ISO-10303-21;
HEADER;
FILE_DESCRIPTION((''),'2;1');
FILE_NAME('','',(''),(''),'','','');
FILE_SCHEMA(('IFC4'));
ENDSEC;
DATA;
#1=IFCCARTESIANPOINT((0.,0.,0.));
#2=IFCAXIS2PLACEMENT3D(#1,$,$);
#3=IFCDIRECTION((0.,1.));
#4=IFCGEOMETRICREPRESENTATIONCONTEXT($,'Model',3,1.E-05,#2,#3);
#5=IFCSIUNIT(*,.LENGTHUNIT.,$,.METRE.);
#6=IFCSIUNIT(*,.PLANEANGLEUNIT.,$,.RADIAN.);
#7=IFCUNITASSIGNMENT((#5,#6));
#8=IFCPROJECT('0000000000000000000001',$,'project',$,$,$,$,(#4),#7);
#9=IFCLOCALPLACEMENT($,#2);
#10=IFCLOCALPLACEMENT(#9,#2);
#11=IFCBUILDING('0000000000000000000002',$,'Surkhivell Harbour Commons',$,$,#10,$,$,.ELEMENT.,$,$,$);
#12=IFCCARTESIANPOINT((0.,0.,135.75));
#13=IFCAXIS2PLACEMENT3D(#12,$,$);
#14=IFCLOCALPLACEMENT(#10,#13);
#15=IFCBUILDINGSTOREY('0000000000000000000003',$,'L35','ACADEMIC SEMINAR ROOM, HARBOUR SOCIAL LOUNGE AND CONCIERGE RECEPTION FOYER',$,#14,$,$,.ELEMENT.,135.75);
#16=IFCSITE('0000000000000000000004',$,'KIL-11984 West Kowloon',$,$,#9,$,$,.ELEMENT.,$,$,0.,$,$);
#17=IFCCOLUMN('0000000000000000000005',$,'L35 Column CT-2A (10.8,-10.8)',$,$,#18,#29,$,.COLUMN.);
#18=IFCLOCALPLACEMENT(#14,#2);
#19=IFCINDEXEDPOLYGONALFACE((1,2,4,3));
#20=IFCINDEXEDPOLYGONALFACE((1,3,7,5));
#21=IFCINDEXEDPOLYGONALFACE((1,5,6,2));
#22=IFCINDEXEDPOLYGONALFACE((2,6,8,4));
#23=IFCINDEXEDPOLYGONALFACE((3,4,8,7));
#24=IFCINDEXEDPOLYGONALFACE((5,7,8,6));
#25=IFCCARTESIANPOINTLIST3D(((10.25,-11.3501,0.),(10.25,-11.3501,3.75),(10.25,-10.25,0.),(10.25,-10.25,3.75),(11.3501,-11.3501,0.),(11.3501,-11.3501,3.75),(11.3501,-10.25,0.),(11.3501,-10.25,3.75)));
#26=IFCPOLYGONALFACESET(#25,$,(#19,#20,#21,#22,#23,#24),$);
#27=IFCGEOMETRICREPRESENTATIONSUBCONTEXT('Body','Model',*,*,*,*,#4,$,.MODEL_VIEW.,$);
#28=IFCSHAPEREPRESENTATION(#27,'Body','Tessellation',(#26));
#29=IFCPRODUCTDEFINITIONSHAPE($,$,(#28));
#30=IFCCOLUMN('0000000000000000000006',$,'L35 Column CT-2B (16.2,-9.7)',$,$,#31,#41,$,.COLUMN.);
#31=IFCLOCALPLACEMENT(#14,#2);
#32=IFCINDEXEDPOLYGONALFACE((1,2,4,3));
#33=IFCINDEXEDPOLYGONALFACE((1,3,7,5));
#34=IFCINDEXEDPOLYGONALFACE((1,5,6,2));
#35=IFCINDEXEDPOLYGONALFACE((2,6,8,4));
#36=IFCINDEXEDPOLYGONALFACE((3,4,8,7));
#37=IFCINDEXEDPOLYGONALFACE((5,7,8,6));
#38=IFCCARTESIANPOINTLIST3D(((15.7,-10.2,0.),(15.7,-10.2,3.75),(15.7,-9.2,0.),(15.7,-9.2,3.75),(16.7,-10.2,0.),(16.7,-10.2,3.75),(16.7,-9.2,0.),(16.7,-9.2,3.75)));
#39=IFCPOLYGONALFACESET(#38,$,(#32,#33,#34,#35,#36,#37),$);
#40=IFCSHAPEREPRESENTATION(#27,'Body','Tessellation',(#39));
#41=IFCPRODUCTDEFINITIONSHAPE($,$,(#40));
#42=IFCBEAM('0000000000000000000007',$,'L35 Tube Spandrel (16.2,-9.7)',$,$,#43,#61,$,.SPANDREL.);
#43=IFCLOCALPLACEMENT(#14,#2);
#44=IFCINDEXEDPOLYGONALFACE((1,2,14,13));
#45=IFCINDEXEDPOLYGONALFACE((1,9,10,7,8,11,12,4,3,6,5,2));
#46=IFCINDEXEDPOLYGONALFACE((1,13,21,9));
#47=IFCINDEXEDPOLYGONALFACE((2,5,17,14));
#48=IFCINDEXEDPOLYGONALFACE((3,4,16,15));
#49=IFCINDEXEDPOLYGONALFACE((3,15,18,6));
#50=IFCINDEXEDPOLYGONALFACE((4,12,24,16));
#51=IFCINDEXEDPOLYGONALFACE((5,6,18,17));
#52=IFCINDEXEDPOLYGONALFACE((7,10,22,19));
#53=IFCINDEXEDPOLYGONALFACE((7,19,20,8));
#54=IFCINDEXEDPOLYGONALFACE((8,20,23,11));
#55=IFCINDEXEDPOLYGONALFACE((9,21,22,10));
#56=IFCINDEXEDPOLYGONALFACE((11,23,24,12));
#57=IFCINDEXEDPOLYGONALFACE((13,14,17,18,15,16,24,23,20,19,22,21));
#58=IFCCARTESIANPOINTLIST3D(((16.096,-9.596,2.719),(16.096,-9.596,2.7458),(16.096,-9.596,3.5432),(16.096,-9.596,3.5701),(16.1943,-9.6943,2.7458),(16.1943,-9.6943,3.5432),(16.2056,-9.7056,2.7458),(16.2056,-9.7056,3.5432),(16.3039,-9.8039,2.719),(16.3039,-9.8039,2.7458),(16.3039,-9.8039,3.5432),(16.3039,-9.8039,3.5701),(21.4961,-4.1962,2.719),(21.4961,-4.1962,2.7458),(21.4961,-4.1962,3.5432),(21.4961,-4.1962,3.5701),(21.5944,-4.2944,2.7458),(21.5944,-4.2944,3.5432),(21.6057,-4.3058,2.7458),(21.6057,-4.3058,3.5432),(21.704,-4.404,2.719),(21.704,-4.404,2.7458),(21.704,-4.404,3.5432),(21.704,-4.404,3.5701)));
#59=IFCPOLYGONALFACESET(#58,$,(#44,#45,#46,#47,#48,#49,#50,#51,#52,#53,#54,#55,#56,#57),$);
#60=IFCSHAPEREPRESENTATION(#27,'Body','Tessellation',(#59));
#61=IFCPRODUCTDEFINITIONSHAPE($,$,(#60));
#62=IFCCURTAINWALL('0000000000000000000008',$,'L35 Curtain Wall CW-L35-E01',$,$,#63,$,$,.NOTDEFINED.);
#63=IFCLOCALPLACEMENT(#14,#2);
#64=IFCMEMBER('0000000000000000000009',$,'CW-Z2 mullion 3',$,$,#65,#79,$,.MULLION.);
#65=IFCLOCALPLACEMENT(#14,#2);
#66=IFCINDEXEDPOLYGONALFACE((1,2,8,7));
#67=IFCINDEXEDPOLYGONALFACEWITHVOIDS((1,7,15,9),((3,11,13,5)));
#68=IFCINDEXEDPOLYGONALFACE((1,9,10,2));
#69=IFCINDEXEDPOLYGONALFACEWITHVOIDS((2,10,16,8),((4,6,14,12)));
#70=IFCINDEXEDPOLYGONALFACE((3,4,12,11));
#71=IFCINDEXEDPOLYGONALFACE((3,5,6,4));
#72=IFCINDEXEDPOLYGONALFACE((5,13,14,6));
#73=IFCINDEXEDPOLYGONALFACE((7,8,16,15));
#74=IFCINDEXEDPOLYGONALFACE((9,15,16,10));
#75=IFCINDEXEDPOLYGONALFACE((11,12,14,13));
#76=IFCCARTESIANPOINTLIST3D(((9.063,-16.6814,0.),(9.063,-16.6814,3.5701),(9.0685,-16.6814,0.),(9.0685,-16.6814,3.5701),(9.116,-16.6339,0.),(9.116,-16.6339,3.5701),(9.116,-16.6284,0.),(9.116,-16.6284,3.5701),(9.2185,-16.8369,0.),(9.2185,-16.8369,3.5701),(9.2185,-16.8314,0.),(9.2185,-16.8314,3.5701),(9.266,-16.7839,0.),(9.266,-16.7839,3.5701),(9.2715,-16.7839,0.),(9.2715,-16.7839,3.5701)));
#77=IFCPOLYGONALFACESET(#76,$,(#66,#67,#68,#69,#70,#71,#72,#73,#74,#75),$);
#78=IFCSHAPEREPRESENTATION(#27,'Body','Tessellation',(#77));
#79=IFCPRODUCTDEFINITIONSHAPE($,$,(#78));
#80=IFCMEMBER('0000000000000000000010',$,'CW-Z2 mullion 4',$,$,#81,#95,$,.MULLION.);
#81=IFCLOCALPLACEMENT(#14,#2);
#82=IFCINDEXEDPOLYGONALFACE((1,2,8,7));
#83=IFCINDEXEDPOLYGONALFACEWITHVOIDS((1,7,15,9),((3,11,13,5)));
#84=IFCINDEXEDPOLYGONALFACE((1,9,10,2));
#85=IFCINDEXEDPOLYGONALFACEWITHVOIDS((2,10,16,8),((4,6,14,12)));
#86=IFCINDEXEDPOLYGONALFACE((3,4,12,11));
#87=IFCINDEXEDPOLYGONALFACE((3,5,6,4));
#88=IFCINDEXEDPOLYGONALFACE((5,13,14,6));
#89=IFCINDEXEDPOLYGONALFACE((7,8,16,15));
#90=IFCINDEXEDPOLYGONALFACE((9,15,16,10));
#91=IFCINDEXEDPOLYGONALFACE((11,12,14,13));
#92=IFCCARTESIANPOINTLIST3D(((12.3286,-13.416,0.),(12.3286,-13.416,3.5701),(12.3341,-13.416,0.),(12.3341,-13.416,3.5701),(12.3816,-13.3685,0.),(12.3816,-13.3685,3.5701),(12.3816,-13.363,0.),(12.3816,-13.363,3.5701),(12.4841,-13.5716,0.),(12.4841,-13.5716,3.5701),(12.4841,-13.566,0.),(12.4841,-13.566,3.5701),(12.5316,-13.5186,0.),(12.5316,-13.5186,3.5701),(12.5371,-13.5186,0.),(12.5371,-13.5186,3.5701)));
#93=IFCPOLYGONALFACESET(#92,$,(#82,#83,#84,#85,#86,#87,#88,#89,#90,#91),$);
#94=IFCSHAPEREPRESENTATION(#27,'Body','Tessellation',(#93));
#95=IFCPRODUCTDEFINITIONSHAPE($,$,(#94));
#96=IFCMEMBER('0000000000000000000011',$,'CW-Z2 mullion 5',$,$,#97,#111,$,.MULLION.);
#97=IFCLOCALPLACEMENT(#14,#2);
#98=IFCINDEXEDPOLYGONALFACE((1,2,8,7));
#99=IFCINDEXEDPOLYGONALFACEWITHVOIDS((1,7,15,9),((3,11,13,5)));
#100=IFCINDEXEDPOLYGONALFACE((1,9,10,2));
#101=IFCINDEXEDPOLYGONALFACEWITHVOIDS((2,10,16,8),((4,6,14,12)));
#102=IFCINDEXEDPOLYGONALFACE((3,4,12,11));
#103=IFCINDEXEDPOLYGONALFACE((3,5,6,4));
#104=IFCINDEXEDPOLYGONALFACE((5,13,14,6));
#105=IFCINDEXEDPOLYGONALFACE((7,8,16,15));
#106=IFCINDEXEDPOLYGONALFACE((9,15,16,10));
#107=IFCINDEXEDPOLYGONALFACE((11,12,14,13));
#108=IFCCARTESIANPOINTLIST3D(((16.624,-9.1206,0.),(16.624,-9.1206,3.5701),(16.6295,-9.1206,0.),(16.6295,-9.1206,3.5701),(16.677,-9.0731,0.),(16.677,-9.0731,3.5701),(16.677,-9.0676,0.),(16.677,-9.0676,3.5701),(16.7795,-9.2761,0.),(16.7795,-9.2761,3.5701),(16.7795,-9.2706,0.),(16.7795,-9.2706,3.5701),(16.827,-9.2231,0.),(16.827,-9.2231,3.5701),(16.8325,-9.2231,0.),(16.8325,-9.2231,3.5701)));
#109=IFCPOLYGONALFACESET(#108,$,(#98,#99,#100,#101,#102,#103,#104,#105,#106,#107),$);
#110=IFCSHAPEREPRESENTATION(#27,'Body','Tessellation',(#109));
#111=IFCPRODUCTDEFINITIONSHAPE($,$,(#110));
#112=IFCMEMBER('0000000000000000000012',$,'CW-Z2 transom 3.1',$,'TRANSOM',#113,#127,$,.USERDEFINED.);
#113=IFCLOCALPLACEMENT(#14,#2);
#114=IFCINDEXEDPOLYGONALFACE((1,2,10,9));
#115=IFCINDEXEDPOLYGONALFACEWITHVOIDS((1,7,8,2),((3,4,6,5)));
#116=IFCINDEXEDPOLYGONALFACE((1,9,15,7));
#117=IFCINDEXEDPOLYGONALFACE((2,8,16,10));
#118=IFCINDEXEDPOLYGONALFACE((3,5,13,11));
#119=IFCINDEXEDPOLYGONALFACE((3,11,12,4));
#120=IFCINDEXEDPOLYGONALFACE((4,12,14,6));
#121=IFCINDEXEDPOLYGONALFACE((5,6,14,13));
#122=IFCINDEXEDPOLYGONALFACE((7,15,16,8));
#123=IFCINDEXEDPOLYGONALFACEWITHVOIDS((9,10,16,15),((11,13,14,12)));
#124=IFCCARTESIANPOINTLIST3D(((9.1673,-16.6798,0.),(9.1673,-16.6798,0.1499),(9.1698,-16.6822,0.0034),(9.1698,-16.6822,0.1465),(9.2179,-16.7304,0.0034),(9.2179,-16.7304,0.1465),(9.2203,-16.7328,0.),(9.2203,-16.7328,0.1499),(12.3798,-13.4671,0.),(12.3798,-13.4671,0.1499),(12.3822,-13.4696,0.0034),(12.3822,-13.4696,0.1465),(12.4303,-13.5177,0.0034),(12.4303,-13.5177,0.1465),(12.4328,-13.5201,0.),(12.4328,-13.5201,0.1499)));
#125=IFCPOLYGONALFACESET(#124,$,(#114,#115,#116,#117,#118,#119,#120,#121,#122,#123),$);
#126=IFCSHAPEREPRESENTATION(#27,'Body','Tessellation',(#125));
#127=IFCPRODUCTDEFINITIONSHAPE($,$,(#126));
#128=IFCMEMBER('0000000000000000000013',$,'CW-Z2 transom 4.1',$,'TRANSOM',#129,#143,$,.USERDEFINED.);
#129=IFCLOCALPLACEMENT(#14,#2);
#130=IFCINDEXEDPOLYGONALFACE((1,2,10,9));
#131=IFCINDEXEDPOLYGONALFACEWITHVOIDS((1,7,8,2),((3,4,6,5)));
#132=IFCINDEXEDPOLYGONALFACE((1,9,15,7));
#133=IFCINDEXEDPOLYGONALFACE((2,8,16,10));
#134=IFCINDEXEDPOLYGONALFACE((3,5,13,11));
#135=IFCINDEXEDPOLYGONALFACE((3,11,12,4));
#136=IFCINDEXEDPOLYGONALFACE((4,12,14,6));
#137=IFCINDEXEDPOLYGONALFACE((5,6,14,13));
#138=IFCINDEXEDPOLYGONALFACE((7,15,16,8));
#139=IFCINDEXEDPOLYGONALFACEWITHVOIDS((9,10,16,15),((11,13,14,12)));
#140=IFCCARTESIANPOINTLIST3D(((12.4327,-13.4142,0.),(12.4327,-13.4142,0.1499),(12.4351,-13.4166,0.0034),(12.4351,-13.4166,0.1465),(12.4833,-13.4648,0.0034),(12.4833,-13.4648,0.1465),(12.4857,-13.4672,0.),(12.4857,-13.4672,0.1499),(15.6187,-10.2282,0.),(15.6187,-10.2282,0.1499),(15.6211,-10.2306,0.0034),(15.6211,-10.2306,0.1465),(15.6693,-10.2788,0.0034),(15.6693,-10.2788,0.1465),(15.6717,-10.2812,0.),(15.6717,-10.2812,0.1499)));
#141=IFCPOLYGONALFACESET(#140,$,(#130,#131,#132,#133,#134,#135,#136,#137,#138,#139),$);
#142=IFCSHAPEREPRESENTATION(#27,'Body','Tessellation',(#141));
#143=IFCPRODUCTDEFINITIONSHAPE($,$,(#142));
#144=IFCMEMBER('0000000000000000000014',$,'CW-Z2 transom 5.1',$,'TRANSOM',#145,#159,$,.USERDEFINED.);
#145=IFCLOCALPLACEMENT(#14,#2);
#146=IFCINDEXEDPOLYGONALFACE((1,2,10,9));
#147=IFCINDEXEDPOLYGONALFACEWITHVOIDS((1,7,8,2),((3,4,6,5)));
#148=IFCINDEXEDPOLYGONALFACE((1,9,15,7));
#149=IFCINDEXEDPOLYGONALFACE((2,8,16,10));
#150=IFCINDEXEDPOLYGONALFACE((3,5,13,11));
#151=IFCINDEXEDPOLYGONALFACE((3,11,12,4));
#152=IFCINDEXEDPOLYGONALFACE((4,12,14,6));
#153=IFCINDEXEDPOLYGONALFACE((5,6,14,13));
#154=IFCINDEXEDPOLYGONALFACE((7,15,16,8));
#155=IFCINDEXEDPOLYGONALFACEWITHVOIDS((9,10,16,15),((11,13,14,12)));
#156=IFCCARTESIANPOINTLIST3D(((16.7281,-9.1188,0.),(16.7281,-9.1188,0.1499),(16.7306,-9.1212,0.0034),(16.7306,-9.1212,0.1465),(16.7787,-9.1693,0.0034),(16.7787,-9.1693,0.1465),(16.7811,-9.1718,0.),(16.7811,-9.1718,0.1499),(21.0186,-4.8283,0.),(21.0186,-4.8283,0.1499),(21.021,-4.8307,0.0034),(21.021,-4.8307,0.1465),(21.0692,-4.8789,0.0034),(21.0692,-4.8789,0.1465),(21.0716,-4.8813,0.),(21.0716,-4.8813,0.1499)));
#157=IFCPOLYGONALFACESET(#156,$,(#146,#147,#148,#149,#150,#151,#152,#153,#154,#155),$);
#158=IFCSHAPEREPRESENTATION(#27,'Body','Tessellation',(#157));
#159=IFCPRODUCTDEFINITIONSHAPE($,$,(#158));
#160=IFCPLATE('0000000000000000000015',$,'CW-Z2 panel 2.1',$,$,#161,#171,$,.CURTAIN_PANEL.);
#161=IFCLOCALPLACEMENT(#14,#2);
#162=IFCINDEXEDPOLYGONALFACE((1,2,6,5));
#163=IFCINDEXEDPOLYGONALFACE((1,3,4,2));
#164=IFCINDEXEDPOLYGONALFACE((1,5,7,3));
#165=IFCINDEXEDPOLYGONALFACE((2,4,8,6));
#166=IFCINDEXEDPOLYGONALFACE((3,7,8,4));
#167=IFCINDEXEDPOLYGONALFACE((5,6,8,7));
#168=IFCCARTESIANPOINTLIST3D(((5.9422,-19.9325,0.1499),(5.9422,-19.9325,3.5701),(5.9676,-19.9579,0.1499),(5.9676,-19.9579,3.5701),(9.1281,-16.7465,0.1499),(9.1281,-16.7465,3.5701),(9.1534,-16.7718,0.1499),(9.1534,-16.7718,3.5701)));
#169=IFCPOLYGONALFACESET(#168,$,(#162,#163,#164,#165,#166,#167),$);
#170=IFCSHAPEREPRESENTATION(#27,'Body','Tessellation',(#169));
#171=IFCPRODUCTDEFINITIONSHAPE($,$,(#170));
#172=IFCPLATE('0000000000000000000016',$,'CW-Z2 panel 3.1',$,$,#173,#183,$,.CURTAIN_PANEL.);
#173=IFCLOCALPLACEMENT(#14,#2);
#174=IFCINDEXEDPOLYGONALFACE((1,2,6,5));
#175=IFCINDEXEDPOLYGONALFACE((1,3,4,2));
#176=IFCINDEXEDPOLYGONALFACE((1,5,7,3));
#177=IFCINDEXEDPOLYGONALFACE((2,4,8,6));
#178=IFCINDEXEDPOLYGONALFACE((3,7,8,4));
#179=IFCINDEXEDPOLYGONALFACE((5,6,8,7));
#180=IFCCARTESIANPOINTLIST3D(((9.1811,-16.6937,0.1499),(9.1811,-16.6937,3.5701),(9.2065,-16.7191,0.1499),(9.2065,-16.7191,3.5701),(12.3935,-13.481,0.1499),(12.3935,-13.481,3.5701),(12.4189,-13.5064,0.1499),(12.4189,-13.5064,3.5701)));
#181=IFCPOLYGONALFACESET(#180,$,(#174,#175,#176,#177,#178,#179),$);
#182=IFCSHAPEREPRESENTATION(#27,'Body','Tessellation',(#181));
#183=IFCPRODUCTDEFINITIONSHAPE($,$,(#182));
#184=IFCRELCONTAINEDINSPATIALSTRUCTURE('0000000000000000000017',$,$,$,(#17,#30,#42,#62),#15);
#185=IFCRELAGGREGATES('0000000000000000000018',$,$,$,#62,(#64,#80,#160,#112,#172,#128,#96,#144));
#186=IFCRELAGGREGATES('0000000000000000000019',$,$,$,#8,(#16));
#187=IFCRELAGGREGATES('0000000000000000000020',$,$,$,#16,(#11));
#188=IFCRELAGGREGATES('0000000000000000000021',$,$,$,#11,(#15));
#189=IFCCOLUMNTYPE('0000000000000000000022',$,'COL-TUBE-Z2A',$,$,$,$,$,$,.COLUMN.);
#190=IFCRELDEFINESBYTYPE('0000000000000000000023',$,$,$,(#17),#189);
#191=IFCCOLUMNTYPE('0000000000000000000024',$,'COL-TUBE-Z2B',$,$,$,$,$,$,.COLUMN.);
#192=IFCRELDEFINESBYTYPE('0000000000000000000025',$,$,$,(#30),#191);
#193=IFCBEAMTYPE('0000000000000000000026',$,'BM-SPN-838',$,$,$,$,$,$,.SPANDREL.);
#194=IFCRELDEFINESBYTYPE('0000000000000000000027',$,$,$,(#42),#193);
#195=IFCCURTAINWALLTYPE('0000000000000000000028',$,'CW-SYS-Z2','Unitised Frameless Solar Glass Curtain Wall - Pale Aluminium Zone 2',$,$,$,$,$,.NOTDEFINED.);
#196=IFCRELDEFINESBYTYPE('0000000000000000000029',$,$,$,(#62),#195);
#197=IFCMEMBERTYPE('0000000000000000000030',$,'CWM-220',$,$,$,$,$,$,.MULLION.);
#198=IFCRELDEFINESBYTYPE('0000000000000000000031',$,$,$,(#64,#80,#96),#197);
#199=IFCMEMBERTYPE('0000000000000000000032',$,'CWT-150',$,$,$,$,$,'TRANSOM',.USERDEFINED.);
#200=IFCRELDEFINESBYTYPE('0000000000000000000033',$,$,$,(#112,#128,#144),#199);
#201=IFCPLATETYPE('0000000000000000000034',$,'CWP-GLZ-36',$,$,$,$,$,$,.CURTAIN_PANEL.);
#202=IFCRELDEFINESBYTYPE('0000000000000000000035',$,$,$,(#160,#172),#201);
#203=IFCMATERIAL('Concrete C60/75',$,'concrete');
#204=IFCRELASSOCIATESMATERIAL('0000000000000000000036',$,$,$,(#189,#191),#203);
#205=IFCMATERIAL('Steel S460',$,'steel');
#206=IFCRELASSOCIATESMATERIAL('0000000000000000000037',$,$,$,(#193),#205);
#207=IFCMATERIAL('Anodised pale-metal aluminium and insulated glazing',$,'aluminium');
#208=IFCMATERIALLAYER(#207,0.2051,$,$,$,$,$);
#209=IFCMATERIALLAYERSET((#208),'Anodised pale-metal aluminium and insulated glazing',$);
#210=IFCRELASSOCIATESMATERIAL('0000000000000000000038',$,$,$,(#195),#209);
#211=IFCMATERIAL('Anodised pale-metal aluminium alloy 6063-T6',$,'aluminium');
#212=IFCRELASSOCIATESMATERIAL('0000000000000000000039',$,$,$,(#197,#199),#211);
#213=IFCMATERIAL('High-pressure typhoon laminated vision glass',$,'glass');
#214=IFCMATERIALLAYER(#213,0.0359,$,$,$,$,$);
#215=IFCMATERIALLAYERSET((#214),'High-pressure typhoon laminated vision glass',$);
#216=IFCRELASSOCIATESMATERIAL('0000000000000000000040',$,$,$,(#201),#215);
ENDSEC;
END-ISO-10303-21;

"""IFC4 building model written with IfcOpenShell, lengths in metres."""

from ifc_helpers import new_model, si_unit, direction, frame, frame_2d, origin, origin_2d, place, context, subcontext, project, spatial, rectangle, hollow_rectangle, i_section, extrude, material, layer, layer_set, material_profile, profile_set, type_object, element, aggregate, save


model = new_model("IFC4")

# Units and contexts
model_context = context("Model", 3, precision=1e-05, world=origin(), true_north=direction((0.0, 1.0)))
body_context = subcontext(model_context, "Body", "Model", "MODEL_VIEW")
ifc_project = project(units=[si_unit("LENGTHUNIT", "METRE"), si_unit("PLANEANGLEUNIT", "RADIAN")], contexts=[model_context])

# Site, building, storey
site_placement = place(None, origin())
site = spatial("IfcSite", under=ifc_project, at=site_placement, Name="KIL-11984 West Kowloon", CompositionType="ELEMENT", RefElevation=0.0)
building_placement = place(site_placement, origin())
building = spatial("IfcBuilding", under=site, at=building_placement, Name="Surkhivell Harbour Commons", CompositionType="ELEMENT")
storey_placement = place(building_placement, frame((0.0, 0.0, 135.75)))
storey = spatial("IfcBuildingStorey", under=building, at=storey_placement, Name="L35", Description="ACADEMIC SEMINAR ROOM, HARBOUR SOCIAL LOUNGE AND CONCIERGE RECEPTION FOYER", CompositionType="ELEMENT", Elevation=135.75)

# Columns
ifc_material_1 = material(Name="Concrete C60/75", Category="concrete")
ifc_material_profile_1 = material_profile(ifc_material_1, rectangle(XDim=1.1001, YDim=1.1001, at=origin_2d()), Name="RC-COL-1100x1100")
ifc_profile_set_1 = profile_set([ifc_material_profile_1], Name="Concrete C60/75")
column_type_1 = type_object("IfcColumnType", Name="COL-TUBE-Z2A", PredefinedType="COLUMN", material=ifc_profile_set_1)
column_1_placement = place(storey_placement, frame((10.8, -10.8, 0.0), z_axis=(0.0, 0.0, 1.0), x_axis=(1.0, 0.0, 0.0)))
element("IfcColumn", 1, at=column_1_placement, inside=storey, type_object=column_type_1, Name="L35 Column CT-2A (10.8,-10.8)", PredefinedType="COLUMN", context=body_context, shape_type="SweptSolid", body=[
    extrude(rectangle(XDim=1.1001, YDim=1.1001, at=origin_2d()), origin(), (0.0, 0.0, 1.0), 3.75),
])
ifc_material_profile_2 = material_profile(ifc_material_1, rectangle(XDim=1.0, YDim=1.0, at=origin_2d()), Name="RC-COL-1000x1000")
ifc_profile_set_2 = profile_set([ifc_material_profile_2], Name="Concrete C60/75")
column_type_2 = type_object("IfcColumnType", Name="COL-TUBE-Z2B", PredefinedType="COLUMN", material=ifc_profile_set_2)
column_2_placement = place(storey_placement, frame((16.2, -9.7, 0.0), z_axis=(0.0, 0.0, 1.0), x_axis=(1.0, 0.0, 0.0)))
element("IfcColumn", 2, at=column_2_placement, inside=storey, type_object=column_type_2, Name="L35 Column CT-2B (16.2,-9.7)", PredefinedType="COLUMN", context=body_context, shape_type="SweptSolid", body=[
    extrude(rectangle(XDim=1.0, YDim=1.0, at=origin_2d()), origin(), (0.0, 0.0, 1.0), 3.75),
])

# Beam
ifc_material_2 = material(Name="Steel S460", Category="steel")
ifc_material_profile_3 = material_profile(ifc_material_2, i_section(OverallWidth=0.2939, OverallDepth=0.8511, WebThickness=0.0161, FlangeThickness=0.0269, at=origin_2d()), Name="UB838x292x226")
ifc_profile_set_3 = profile_set([ifc_material_profile_3], Name="Steel S460")
beam_type = type_object("IfcBeamType", Name="BM-SPN-838", PredefinedType="SPANDREL", material=ifc_profile_set_3)
beam_placement = place(storey_placement, frame((16.2, -9.7, 3.1445), z_axis=(0.707123, 0.707091, 0.0), x_axis=(-0.707091, 0.707123, 0.0)))
element("IfcBeam", 3, at=beam_placement, inside=storey, type_object=beam_type, Name="L35 Tube Spandrel (16.2,-9.7)", PredefinedType="SPANDREL", context=body_context, shape_type="SweptSolid", body=[
    extrude(i_section(OverallWidth=0.2939, OverallDepth=0.8511, WebThickness=0.0161, FlangeThickness=0.0269, at=origin_2d()), origin(), (0.0, 0.0, 1.0), 7.6367),
])

# Curtain wall, members, plates
ifc_material_3 = material(Name="Anodised pale-metal aluminium and insulated glazing", Category="aluminium")
ifc_layer_1 = layer(ifc_material_3, 0.2051)
ifc_layer_set_1 = layer_set([ifc_layer_1], Name="Anodised pale-metal aluminium and insulated glazing")
curtain_wall_type = type_object("IfcCurtainWallType", Name="CW-SYS-Z2", Description="Unitised Frameless Solar Glass Curtain Wall - Pale Aluminium Zone 2", PredefinedType="NOTDEFINED", material=ifc_layer_set_1)
curtain_wall_placement = place(storey_placement, origin())
curtain_wall = element("IfcCurtainWall", 4, at=curtain_wall_placement, inside=storey, type_object=curtain_wall_type, Name="L35 Curtain Wall CW-L35-E01", PredefinedType="NOTDEFINED")
ifc_material_4 = material(Name="Anodised pale-metal aluminium alloy 6063-T6", Category="aluminium")
ifc_material_profile_4 = material_profile(ifc_material_4, hollow_rectangle(XDim=0.075, YDim=0.22, WallThickness=0.0039, at=origin_2d()), Name="ALU-MULL-75x220")
ifc_profile_set_4 = profile_set([ifc_material_profile_4], Name="Anodised pale-metal aluminium alloy 6063-T6")
member_type_1 = type_object("IfcMemberType", Name="CWM-220", PredefinedType="MULLION", material=ifc_profile_set_4)
member_1_placement = place(storey_placement, frame((9.1672, -16.7327, 0.0), z_axis=(0.0, 0.0, 1.0), x_axis=(0.707107, 0.707107, 0.0)))
member_1 = element("IfcMember", 5, at=member_1_placement, type_object=member_type_1, Name="CW-Z2 mullion 3", PredefinedType="MULLION", context=body_context, shape_type="SweptSolid", body=[
    extrude(hollow_rectangle(XDim=0.075, YDim=0.22, WallThickness=0.0039, at=origin_2d()), origin(), (0.0, 0.0, 1.0), 3.5701),
])
member_2_placement = place(storey_placement, frame((12.4329, -13.4673, 0.0), z_axis=(0.0, 0.0, 1.0), x_axis=(0.707107, 0.707107, 0.0)))
member_2 = element("IfcMember", 6, at=member_2_placement, type_object=member_type_1, Name="CW-Z2 mullion 4", PredefinedType="MULLION", context=body_context, shape_type="SweptSolid", body=[
    extrude(hollow_rectangle(XDim=0.075, YDim=0.22, WallThickness=0.0039, at=origin_2d()), origin(), (0.0, 0.0, 1.0), 3.5701),
])
member_3_placement = place(storey_placement, frame((16.7283, -9.1719, 0.0), z_axis=(0.0, 0.0, 1.0), x_axis=(0.707107, 0.707107, 0.0)))
member_3 = element("IfcMember", 7, at=member_3_placement, type_object=member_type_1, Name="CW-Z2 mullion 5", PredefinedType="MULLION", context=body_context, shape_type="SweptSolid", body=[
    extrude(hollow_rectangle(XDim=0.075, YDim=0.22, WallThickness=0.0039, at=origin_2d()), origin(), (0.0, 0.0, 1.0), 3.5701),
])
ifc_material_profile_5 = material_profile(ifc_material_4, hollow_rectangle(XDim=0.075, YDim=0.1499, WallThickness=0.0034, at=origin_2d()), Name="ALU-TRAN-75x150")
ifc_profile_set_5 = profile_set([ifc_material_profile_5], Name="Anodised pale-metal aluminium alloy 6063-T6")
member_type_2 = type_object("IfcMemberType", Name="CWT-150", ElementType="TRANSOM", PredefinedType="USERDEFINED", material=ifc_profile_set_5)
member_4_placement = place(storey_placement, frame((9.1938, -16.7063, 0.075), z_axis=(0.70708, 0.707134, 0.0), x_axis=(-0.707134, 0.70708, 0.0)))
member_4 = element("IfcMember", 8, at=member_4_placement, type_object=member_type_2, Name="CW-Z2 transom 3.1", ObjectType="TRANSOM", PredefinedType="USERDEFINED", context=body_context, shape_type="SweptSolid", body=[
    extrude(hollow_rectangle(XDim=0.075, YDim=0.1499, WallThickness=0.0034, at=origin_2d()), origin(), (0.0, 0.0, 1.0), 4.5432),
])
member_5_placement = place(storey_placement, frame((12.4592, -13.4407, 0.075), z_axis=(0.707107, 0.707107, 0.0), x_axis=(-0.707107, 0.707107, 0.0)))
member_5 = element("IfcMember", 9, at=member_5_placement, type_object=member_type_2, Name="CW-Z2 transom 4.1", ObjectType="TRANSOM", PredefinedType="USERDEFINED", context=body_context, shape_type="SweptSolid", body=[
    extrude(hollow_rectangle(XDim=0.075, YDim=0.1499, WallThickness=0.0034, at=origin_2d()), origin(), (0.0, 0.0, 1.0), 4.5056),
])
member_6_placement = place(storey_placement, frame((16.7546, -9.1453, 0.075), z_axis=(0.707107, 0.707107, 0.0), x_axis=(-0.707107, 0.707107, 0.0)))
member_6 = element("IfcMember", 10, at=member_6_placement, type_object=member_type_2, Name="CW-Z2 transom 5.1", ObjectType="TRANSOM", PredefinedType="USERDEFINED", context=body_context, shape_type="SweptSolid", body=[
    extrude(hollow_rectangle(XDim=0.075, YDim=0.1499, WallThickness=0.0034, at=origin_2d()), origin(), (0.0, 0.0, 1.0), 6.0676),
])
ifc_material_5 = material(Name="High-pressure typhoon laminated vision glass", Category="glass")
ifc_layer_2 = layer(ifc_material_5, 0.0359)
ifc_layer_set_2 = layer_set([ifc_layer_2], Name="High-pressure typhoon laminated vision glass")
plate_type = type_object("IfcPlateType", Name="CWP-GLZ-36", PredefinedType="CURTAIN_PANEL", material=ifc_layer_set_2)
plate_1_placement = place(storey_placement, frame((5.9548, -19.9453, 0.1499), z_axis=(0.0, 0.0, 1.0), x_axis=(0.70708, 0.707134, 0.0)))
plate_1 = element("IfcPlate", 11, at=plate_1_placement, type_object=plate_type, Name="CW-Z2 panel 2.1", PredefinedType="CURTAIN_PANEL", context=body_context, shape_type="SweptSolid", body=[
    extrude(rectangle(XDim=4.5056, YDim=0.0359, at=frame_2d((2.2529, 0.0))), origin(), (0.0, 0.0, 1.0), 3.4202),
])
plate_2_placement = place(storey_placement, frame((9.1938, -16.7063, 0.1499), z_axis=(0.0, 0.0, 1.0), x_axis=(0.70708, 0.707134, 0.0)))
plate_2 = element("IfcPlate", 12, at=plate_2_placement, type_object=plate_type, Name="CW-Z2 panel 3.1", PredefinedType="CURTAIN_PANEL", context=body_context, shape_type="SweptSolid", body=[
    extrude(rectangle(XDim=4.5432, YDim=0.0359, at=frame_2d((2.2715, 0.0))), origin(), (0.0, 0.0, 1.0), 3.4202),
])
aggregate(curtain_wall, [member_1, member_2, plate_1, member_4, plate_2, member_5, member_3, member_6])

save(model, "model.ifc")
